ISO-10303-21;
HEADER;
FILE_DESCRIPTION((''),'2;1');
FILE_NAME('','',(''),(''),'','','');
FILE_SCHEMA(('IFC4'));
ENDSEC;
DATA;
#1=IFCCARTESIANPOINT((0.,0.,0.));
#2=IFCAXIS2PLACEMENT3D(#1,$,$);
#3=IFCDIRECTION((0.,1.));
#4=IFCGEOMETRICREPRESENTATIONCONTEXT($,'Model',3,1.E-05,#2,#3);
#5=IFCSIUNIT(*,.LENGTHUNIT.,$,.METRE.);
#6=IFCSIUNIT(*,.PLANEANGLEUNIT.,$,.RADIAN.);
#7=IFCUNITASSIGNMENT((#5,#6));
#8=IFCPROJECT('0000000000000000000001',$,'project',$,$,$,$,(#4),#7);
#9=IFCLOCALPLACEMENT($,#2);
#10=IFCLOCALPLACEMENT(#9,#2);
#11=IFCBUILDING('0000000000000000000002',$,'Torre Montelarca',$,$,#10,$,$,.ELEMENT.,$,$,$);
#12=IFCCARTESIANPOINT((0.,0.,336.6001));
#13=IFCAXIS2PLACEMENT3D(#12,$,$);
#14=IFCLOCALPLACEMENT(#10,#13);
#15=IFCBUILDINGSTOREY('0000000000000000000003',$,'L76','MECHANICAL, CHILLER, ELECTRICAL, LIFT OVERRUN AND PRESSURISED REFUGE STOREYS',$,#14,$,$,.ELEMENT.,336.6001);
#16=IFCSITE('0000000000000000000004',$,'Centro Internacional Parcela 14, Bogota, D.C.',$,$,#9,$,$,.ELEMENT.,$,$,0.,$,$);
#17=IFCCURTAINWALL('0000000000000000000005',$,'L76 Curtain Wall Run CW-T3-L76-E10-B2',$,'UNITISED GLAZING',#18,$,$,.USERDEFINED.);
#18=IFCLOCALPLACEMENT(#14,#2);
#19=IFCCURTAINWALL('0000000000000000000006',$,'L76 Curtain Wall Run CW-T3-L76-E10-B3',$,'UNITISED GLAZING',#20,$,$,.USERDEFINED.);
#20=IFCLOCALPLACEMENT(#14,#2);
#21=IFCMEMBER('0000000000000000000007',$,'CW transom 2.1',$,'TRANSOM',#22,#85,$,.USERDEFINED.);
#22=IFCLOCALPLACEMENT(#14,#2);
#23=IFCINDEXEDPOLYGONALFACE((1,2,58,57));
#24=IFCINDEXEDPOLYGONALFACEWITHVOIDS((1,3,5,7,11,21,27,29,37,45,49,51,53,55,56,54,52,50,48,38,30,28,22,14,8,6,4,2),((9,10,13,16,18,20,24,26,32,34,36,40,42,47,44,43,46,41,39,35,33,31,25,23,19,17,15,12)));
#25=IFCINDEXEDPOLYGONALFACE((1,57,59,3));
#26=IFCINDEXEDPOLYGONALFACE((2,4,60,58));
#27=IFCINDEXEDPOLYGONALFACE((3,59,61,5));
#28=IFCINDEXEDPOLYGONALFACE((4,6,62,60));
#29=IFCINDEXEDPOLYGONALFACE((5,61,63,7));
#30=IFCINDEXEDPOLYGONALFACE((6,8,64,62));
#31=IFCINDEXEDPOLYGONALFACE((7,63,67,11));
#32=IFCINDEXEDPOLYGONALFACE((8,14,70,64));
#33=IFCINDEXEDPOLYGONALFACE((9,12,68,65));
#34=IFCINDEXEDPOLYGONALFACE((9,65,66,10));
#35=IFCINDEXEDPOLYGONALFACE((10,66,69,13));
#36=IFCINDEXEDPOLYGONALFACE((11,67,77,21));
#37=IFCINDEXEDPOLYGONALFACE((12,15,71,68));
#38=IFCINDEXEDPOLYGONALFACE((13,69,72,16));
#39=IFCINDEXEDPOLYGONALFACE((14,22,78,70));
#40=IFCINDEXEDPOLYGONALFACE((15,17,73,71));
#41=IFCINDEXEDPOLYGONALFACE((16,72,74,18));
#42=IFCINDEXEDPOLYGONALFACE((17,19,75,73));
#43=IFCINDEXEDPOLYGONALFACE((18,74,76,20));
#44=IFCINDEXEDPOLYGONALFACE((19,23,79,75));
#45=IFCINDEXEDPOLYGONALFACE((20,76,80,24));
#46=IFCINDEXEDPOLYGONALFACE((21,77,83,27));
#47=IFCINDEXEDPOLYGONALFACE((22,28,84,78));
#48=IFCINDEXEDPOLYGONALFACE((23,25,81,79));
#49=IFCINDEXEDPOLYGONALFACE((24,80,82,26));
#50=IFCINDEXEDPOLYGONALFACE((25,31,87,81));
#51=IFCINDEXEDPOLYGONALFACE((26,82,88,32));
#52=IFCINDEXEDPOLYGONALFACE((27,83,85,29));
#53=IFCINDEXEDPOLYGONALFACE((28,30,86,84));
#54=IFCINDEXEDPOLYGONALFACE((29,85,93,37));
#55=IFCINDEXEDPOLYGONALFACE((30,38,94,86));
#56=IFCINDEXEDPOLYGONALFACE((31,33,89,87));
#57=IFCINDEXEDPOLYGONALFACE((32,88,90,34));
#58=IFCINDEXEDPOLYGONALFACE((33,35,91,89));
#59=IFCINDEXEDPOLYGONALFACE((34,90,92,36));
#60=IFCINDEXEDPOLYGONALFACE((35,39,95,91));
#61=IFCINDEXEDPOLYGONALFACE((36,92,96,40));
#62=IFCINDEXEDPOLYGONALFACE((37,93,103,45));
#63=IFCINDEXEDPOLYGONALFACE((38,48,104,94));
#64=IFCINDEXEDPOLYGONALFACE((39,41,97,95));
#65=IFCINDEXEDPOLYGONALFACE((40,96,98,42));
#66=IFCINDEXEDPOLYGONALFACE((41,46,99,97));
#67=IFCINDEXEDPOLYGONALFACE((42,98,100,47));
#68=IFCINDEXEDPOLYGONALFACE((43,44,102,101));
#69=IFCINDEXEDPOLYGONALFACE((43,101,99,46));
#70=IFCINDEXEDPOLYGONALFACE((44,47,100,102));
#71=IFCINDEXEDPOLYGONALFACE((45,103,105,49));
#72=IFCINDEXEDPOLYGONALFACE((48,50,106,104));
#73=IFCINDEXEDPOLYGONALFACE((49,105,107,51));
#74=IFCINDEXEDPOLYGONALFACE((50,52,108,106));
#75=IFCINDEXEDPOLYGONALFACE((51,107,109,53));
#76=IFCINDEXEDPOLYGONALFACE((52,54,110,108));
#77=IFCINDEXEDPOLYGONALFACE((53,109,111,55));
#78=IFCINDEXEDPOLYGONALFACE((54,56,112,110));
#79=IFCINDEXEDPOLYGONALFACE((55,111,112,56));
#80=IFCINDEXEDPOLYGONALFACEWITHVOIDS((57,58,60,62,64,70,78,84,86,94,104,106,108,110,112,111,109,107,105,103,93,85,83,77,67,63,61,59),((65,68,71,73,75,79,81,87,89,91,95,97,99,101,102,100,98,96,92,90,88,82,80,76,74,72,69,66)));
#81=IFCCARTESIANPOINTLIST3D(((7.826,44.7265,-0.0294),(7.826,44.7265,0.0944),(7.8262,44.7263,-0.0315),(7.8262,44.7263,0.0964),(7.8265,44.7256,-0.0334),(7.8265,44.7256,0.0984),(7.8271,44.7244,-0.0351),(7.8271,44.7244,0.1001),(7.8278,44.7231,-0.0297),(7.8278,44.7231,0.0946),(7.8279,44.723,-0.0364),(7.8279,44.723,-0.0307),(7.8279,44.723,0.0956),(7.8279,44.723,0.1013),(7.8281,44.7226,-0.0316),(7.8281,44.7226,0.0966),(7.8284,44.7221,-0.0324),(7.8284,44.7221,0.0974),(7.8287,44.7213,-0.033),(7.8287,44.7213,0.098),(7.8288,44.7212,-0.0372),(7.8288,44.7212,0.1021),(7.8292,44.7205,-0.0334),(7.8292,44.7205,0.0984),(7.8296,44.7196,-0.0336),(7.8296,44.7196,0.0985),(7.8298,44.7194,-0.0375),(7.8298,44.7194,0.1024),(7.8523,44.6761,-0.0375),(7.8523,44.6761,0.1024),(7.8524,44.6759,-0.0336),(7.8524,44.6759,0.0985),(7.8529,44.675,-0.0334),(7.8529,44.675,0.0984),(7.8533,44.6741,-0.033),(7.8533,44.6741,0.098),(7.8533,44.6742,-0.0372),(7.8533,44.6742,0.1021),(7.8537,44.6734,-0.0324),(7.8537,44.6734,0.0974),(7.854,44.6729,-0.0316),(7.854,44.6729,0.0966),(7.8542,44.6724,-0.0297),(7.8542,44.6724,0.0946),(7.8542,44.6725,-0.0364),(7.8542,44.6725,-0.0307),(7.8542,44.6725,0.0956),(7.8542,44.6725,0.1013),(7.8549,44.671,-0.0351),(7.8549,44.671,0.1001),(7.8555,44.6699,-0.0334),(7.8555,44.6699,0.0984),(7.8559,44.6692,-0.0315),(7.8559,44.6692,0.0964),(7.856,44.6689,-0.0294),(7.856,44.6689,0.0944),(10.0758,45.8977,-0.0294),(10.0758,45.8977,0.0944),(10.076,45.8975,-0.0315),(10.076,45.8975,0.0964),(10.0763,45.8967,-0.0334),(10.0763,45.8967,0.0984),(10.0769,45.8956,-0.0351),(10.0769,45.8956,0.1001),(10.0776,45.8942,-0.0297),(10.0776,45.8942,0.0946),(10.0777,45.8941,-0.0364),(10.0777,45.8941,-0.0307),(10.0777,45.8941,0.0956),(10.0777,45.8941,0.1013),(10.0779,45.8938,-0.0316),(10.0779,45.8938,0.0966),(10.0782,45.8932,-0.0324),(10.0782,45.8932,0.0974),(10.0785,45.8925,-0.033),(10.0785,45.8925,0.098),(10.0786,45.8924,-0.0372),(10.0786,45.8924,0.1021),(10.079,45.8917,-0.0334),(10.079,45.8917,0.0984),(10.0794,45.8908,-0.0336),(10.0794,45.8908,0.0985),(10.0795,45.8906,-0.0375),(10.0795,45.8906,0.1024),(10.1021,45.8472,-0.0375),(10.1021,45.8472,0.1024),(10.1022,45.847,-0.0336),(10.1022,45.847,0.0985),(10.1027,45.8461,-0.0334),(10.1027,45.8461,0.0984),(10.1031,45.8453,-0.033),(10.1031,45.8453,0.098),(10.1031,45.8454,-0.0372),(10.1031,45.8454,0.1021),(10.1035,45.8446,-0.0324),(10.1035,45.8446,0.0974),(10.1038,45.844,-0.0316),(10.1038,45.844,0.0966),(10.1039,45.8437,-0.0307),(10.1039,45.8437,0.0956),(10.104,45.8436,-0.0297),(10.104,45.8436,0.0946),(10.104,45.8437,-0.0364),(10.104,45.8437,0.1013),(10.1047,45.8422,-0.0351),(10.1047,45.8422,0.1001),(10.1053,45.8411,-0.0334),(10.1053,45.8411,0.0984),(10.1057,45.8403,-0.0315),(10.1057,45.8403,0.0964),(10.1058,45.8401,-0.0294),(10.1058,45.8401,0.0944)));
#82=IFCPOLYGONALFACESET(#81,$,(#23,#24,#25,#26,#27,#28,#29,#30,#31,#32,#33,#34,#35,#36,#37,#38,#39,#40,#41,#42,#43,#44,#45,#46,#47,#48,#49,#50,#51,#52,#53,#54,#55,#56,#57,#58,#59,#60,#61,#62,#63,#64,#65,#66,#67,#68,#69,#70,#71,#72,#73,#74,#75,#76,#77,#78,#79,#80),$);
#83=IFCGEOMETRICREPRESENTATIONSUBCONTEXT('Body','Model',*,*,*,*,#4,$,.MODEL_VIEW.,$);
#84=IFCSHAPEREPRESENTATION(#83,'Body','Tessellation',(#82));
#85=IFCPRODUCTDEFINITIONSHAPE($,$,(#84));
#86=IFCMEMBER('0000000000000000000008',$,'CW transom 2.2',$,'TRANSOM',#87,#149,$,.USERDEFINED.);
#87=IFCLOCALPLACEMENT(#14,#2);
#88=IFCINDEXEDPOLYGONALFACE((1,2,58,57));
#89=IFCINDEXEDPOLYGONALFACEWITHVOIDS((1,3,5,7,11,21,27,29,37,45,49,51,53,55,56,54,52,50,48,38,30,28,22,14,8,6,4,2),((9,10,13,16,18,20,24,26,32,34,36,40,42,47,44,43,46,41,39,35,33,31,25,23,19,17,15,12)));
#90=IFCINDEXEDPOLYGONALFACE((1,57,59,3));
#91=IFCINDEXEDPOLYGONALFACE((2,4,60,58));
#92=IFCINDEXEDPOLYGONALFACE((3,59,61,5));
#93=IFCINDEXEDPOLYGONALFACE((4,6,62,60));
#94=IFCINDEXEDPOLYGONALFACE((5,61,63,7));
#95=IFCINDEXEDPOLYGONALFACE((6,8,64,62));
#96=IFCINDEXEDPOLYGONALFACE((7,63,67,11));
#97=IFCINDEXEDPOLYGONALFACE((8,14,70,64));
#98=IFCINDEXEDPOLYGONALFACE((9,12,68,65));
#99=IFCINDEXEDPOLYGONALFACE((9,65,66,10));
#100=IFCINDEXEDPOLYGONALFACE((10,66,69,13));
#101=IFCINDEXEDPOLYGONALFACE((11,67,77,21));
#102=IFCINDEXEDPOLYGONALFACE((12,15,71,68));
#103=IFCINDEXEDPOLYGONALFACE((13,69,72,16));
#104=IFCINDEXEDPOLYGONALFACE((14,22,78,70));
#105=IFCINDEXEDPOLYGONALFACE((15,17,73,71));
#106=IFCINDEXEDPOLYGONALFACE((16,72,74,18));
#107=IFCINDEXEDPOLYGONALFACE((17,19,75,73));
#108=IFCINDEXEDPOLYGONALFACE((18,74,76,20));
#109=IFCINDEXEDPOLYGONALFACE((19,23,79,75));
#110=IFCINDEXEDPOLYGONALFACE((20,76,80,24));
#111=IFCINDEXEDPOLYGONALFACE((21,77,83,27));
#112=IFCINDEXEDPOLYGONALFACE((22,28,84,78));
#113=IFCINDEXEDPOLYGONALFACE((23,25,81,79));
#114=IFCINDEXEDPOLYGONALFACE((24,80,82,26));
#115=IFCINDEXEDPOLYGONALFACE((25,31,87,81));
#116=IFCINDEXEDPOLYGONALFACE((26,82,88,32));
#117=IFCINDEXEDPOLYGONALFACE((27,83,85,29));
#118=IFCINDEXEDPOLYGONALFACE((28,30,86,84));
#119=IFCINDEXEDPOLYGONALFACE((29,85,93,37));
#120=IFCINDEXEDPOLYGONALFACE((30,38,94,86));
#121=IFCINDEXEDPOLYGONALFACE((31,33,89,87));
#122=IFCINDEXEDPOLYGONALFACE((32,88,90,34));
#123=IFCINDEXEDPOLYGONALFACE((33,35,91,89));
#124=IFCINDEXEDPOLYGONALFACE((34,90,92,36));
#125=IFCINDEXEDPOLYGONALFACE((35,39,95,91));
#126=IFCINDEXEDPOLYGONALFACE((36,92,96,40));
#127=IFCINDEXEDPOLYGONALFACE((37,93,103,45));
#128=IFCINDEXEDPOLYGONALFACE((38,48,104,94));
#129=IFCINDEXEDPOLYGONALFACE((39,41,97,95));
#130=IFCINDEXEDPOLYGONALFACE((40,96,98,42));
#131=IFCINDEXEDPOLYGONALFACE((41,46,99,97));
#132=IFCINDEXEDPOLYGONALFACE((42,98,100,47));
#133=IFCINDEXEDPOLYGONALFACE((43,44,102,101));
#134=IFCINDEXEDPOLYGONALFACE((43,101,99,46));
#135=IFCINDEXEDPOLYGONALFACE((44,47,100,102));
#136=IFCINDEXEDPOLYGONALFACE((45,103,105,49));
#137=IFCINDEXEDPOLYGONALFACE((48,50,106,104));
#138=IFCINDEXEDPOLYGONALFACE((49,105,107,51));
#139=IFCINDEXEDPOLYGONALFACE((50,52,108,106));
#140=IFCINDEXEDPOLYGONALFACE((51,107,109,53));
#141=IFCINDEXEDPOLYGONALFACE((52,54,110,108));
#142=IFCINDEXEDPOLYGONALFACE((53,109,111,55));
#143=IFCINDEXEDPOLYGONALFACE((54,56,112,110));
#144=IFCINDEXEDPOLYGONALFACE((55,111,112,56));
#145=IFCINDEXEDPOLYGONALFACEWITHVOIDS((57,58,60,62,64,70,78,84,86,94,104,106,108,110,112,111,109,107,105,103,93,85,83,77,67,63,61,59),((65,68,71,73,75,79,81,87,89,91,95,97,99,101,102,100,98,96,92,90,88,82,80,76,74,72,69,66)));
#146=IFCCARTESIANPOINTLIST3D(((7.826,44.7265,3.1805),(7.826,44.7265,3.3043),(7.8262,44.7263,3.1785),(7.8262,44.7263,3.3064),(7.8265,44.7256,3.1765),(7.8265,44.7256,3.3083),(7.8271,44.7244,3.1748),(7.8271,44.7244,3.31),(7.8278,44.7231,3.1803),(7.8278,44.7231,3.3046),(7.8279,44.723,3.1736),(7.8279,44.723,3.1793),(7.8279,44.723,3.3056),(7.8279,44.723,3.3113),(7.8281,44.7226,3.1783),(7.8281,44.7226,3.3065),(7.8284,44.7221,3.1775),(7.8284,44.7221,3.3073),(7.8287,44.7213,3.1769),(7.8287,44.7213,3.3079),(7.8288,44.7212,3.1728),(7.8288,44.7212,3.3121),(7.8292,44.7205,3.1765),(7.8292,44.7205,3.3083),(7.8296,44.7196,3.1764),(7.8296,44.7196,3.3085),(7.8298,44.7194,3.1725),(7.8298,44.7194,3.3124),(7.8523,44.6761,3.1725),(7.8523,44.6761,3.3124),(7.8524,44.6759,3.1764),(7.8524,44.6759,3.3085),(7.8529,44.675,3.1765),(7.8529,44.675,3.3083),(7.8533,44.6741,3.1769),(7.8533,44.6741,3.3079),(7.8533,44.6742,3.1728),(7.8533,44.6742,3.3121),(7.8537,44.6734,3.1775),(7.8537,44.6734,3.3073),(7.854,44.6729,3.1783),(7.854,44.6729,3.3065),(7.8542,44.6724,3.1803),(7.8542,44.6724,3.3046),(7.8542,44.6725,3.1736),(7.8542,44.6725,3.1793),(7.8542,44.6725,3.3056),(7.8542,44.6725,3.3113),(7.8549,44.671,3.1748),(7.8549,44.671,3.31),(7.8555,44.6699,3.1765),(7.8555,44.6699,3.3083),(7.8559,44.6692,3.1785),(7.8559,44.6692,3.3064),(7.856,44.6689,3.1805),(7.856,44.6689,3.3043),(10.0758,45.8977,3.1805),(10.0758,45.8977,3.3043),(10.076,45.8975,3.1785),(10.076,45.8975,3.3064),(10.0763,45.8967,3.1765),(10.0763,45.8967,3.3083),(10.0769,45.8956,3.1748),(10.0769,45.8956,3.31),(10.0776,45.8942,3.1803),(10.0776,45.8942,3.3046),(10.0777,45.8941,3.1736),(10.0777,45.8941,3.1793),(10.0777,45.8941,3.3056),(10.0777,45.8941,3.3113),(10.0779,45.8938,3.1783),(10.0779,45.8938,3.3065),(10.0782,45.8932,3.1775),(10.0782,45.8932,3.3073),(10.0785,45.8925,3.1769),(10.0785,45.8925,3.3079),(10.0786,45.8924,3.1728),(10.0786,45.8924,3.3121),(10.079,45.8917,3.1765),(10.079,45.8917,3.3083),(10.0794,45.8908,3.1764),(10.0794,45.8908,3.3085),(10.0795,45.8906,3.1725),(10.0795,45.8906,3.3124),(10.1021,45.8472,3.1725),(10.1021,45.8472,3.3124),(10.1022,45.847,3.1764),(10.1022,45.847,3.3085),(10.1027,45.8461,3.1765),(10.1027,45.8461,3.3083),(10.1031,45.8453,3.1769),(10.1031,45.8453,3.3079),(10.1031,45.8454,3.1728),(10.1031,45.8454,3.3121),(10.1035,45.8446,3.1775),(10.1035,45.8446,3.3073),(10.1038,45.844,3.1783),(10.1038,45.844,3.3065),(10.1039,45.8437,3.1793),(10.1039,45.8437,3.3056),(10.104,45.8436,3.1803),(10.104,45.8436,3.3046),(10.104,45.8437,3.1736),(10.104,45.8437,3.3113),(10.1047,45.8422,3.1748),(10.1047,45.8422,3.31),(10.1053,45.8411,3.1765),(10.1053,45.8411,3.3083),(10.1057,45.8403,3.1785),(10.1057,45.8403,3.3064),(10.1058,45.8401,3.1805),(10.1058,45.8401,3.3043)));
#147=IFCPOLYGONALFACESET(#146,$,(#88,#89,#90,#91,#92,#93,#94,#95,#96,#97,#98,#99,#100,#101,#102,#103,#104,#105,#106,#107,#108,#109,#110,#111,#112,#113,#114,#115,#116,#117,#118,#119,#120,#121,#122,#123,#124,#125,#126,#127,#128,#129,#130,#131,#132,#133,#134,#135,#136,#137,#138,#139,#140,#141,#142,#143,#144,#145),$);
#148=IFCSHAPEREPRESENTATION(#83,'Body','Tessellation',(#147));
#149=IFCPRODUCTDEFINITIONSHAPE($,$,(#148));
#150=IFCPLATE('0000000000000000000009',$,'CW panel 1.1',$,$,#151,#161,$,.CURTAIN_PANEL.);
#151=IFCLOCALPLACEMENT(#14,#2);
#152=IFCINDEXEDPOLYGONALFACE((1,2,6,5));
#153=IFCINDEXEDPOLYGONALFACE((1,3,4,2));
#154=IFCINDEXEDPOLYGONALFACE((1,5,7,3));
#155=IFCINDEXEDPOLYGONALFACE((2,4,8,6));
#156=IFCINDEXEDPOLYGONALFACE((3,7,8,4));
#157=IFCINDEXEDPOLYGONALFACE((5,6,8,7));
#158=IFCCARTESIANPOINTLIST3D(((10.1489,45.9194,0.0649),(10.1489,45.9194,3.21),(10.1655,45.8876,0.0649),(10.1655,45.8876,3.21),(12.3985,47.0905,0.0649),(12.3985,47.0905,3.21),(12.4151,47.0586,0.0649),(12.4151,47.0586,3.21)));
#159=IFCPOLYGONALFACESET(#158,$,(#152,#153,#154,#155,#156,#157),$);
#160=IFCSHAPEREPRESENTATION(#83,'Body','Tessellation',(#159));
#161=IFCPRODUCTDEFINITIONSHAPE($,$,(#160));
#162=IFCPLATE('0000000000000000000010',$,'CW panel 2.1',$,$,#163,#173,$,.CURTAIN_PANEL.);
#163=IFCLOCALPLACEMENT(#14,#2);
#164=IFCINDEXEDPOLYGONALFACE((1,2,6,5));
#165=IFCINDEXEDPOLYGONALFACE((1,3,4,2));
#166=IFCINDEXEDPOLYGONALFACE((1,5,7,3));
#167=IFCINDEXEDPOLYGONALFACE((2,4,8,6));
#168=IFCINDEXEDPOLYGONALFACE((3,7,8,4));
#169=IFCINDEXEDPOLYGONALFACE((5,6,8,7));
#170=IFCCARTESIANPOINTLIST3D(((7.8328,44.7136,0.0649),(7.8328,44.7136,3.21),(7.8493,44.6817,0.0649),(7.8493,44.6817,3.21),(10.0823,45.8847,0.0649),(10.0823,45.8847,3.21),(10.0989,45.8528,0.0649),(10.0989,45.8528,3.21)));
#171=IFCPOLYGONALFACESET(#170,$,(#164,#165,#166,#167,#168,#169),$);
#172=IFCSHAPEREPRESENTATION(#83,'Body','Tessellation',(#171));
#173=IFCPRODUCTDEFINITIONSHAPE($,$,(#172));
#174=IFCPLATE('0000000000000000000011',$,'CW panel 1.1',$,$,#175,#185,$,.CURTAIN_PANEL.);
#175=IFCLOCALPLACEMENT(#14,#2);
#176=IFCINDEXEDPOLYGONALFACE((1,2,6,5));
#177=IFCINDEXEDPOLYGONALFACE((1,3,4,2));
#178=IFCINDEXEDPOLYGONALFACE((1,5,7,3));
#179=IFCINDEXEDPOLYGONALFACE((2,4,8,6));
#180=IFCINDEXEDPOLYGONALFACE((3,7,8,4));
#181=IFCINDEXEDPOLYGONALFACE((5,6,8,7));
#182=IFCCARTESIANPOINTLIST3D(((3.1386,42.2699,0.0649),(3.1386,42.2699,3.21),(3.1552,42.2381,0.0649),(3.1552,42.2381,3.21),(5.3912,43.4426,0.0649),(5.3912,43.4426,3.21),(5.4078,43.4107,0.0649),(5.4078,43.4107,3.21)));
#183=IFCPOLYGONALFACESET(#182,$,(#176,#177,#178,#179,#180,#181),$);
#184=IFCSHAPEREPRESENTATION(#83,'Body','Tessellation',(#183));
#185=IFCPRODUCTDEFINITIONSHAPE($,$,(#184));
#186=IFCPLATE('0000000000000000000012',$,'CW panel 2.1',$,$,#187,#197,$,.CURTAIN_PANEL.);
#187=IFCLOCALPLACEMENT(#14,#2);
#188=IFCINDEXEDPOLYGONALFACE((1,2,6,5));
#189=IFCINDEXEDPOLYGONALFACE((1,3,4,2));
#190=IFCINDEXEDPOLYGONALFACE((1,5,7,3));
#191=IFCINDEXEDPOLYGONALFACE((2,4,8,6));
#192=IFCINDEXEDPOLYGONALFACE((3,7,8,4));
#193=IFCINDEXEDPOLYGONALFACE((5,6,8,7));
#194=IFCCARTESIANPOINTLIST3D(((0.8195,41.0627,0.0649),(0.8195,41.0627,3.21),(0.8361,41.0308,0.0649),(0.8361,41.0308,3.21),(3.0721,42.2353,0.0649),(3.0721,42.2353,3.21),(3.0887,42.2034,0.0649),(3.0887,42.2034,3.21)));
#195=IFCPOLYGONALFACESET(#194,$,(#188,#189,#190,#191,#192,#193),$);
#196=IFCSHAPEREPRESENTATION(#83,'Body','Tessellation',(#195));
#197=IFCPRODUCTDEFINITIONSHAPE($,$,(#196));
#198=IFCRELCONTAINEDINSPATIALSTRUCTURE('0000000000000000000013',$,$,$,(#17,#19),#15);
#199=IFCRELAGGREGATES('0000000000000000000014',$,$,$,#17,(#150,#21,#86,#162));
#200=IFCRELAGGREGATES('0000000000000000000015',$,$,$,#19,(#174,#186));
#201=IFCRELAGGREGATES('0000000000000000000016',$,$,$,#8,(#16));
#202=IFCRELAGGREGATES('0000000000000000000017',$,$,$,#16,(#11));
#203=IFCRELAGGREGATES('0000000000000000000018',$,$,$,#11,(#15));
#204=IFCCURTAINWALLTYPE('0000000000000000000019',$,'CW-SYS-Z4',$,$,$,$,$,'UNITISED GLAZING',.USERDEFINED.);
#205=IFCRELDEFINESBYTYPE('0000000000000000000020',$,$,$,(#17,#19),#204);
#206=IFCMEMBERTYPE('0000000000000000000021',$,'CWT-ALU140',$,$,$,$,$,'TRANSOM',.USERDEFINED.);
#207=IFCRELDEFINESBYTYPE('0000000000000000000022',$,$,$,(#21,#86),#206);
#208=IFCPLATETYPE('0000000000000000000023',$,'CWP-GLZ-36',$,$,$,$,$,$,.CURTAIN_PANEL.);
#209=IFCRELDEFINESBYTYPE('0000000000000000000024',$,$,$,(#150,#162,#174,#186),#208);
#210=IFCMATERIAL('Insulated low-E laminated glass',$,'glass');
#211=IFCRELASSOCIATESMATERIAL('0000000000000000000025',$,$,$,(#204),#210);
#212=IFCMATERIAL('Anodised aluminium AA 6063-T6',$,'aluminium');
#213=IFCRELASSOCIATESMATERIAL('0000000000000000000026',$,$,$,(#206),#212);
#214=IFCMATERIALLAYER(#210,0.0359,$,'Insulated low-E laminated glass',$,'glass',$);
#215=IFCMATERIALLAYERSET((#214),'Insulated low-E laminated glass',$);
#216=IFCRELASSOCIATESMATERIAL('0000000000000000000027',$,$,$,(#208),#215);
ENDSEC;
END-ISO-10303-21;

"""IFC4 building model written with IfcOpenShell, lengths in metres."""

from ifc_helpers import new_model, si_unit, direction, frame, origin, origin_2d, place, context, subcontext, project, spatial, rectangle, hollow_rectangle, extrude, source, transform, mapped, material, layer, layer_set, material_profile, profile_set, type_object, element, aggregate, save


model = new_model("IFC4")

# Units and contexts
model_context = context("Model", 3, precision=1e-05, world=origin(), true_north=direction((0.0, 1.0)))
body_context = subcontext(model_context, "Body", "Model", "MODEL_VIEW")
ifc_project = project(units=[si_unit("LENGTHUNIT", "METRE"), si_unit("PLANEANGLEUNIT", "RADIAN")], contexts=[model_context])

# Site, building, storey
site_placement = place(None, origin())
site = spatial("IfcSite", under=ifc_project, at=site_placement, Name="Centro Internacional Parcela 14, Bogota, D.C.", CompositionType="ELEMENT", RefElevation=0.0)
building_placement = place(site_placement, origin())
building = spatial("IfcBuilding", under=site, at=building_placement, Name="Torre Montelarca", CompositionType="ELEMENT")
storey_placement = place(building_placement, frame((0.0, 0.0, 336.6001)))
storey = spatial("IfcBuildingStorey", under=building, at=storey_placement, Name="L76", Description="MECHANICAL, CHILLER, ELECTRICAL, LIFT OVERRUN AND PRESSURISED REFUGE STOREYS", CompositionType="ELEMENT", Elevation=336.6001)

# Shared definitions
ifc_material_1 = material(Name="Insulated low-E laminated glass", Category="glass")
curtain_wall_type = type_object("IfcCurtainWallType", Name="CW-SYS-Z4", ElementType="UNITISED GLAZING", PredefinedType="USERDEFINED", material=ifc_material_1)
ifc_material_2 = material(Name="Anodised aluminium AA 6063-T6", Category="aluminium")

# Curtain walls
curtain_wall_1_placement = place(storey_placement, origin())
curtain_wall_1 = element("IfcCurtainWall", 1, at=curtain_wall_1_placement, inside=storey, type_object=curtain_wall_type, Name="L76 Curtain Wall Run CW-T3-L76-E10-B2", ObjectType="UNITISED GLAZING", PredefinedType="USERDEFINED")
curtain_wall_2_placement = place(storey_placement, origin())
curtain_wall_2 = element("IfcCurtainWall", 2, at=curtain_wall_2_placement, inside=storey, type_object=curtain_wall_type, Name="L76 Curtain Wall Run CW-T3-L76-E10-B3", ObjectType="UNITISED GLAZING", PredefinedType="USERDEFINED")
ifc_material_profile_1 = material_profile(ifc_material_2, hollow_rectangle(XDim=0.0649, YDim=0.1399, WallThickness=0.0039, InnerFilletRadius=0.0039, OuterFilletRadius=0.0081, at=origin_2d()), Name="ALU65X140X4", Category="aluminium")
ifc_profile_set_1 = profile_set([ifc_material_profile_1], Name="Anodised aluminium AA 6063-T6")
member_type_1 = type_object("IfcMemberType", Name="CWT-ALU140", ElementType="TRANSOM", PredefinedType="USERDEFINED", material=ifc_profile_set_1)

# Members
shared_shape_1 = source(origin(), body_context, "Body", "SweptSolid", [
    extrude(hollow_rectangle(XDim=0.0649, YDim=0.1399, WallThickness=0.0039, InnerFilletRadius=0.0039, OuterFilletRadius=0.0081, at=origin_2d()), origin(), (0.0, 0.0, 1.0), 2.5364),
])
member_1_placement = place(storey_placement, frame((10.0908, 45.8689, 0.0325), z_axis=(-0.887012, -0.461747, 0.0), x_axis=(0.461747, -0.887012, 0.0)))
member_1 = element("IfcMember", 3, at=member_1_placement, type_object=member_type_1, Name="CW transom 2.1", ObjectType="TRANSOM", PredefinedType="USERDEFINED", context=body_context, shape_type="MappedRepresentation", body=[
    mapped(shared_shape_1, transform((0.0, 0.0, 0.0), scale=1.0)),
])
member_2_placement = place(storey_placement, frame((10.0908, 45.8689, 3.2424), z_axis=(-0.887012, -0.461747, 0.0), x_axis=(0.461747, -0.887012, 0.0)))
member_2 = element("IfcMember", 4, at=member_2_placement, type_object=member_type_1, Name="CW transom 2.2", ObjectType="TRANSOM", PredefinedType="USERDEFINED", context=body_context, shape_type="MappedRepresentation", body=[
    mapped(shared_shape_1, transform((0.0, 0.0, 0.0), scale=1.0)),
])

# Plates
ifc_layer_1 = layer(ifc_material_1, 0.0359, Name="Insulated low-E laminated glass", Category="glass")
ifc_layer_set_1 = layer_set([ifc_layer_1], Name="Insulated low-E laminated glass")
plate_type = type_object("IfcPlateType", Name="CWP-GLZ-36", PredefinedType="CURTAIN_PANEL", material=ifc_layer_set_1)
shared_shape_2 = source(origin(), body_context, "Body", "SweptSolid", [
    extrude(rectangle(XDim=2.5361, YDim=0.0359, at=origin_2d()), origin(), (0.0, 0.0, 1.0), 3.145),
])
plate_1_placement = place(storey_placement, frame((11.282, 46.489, 0.0649), z_axis=(0.0, 0.0, 1.0), x_axis=(-0.887006, -0.461757, 0.0)))
plate_1 = element("IfcPlate", 5, at=plate_1_placement, type_object=plate_type, Name="CW panel 1.1", PredefinedType="CURTAIN_PANEL", context=body_context, shape_type="MappedRepresentation", body=[
    mapped(shared_shape_2, transform((0.0, 0.0, 0.0), scale=1.0)),
])
plate_2_placement = place(storey_placement, frame((8.9658, 45.2832, 0.0649), z_axis=(0.0, 0.0, 1.0), x_axis=(-0.887006, -0.461757, 0.0)))
plate_2 = element("IfcPlate", 6, at=plate_2_placement, type_object=plate_type, Name="CW panel 2.1", PredefinedType="CURTAIN_PANEL", context=body_context, shape_type="MappedRepresentation", body=[
    mapped(shared_shape_2, transform((0.0, 0.0, 0.0), scale=1.0)),
])
aggregate(curtain_wall_1, [plate_1, member_1, member_2, plate_2])
shared_shape_3 = source(origin(), body_context, "Body", "SweptSolid", [
    extrude(rectangle(XDim=2.5396, YDim=0.0359, at=origin_2d()), origin(), (0.0, 0.0, 1.0), 3.145),
])
plate_3_placement = place(storey_placement, frame((4.2732, 42.8403, 0.0649), z_axis=(0.0, 0.0, 1.0), x_axis=(-0.887016, -0.461739, 0.0)))
plate_3 = element("IfcPlate", 7, at=plate_3_placement, type_object=plate_type, Name="CW panel 1.1", PredefinedType="CURTAIN_PANEL", context=body_context, shape_type="MappedRepresentation", body=[
    mapped(shared_shape_3, transform((0.0, 0.0, 0.0), scale=1.0)),
])
plate_4_placement = place(storey_placement, frame((1.9541, 41.6331, 0.0649), z_axis=(0.0, 0.0, 1.0), x_axis=(-0.887016, -0.461739, 0.0)))
plate_4 = element("IfcPlate", 8, at=plate_4_placement, type_object=plate_type, Name="CW panel 2.1", PredefinedType="CURTAIN_PANEL", context=body_context, shape_type="MappedRepresentation", body=[
    mapped(shared_shape_3, transform((0.0, 0.0, 0.0), scale=1.0)),
])
aggregate(curtain_wall_2, [plate_3, plate_4])

save(model, "model.ifc")
